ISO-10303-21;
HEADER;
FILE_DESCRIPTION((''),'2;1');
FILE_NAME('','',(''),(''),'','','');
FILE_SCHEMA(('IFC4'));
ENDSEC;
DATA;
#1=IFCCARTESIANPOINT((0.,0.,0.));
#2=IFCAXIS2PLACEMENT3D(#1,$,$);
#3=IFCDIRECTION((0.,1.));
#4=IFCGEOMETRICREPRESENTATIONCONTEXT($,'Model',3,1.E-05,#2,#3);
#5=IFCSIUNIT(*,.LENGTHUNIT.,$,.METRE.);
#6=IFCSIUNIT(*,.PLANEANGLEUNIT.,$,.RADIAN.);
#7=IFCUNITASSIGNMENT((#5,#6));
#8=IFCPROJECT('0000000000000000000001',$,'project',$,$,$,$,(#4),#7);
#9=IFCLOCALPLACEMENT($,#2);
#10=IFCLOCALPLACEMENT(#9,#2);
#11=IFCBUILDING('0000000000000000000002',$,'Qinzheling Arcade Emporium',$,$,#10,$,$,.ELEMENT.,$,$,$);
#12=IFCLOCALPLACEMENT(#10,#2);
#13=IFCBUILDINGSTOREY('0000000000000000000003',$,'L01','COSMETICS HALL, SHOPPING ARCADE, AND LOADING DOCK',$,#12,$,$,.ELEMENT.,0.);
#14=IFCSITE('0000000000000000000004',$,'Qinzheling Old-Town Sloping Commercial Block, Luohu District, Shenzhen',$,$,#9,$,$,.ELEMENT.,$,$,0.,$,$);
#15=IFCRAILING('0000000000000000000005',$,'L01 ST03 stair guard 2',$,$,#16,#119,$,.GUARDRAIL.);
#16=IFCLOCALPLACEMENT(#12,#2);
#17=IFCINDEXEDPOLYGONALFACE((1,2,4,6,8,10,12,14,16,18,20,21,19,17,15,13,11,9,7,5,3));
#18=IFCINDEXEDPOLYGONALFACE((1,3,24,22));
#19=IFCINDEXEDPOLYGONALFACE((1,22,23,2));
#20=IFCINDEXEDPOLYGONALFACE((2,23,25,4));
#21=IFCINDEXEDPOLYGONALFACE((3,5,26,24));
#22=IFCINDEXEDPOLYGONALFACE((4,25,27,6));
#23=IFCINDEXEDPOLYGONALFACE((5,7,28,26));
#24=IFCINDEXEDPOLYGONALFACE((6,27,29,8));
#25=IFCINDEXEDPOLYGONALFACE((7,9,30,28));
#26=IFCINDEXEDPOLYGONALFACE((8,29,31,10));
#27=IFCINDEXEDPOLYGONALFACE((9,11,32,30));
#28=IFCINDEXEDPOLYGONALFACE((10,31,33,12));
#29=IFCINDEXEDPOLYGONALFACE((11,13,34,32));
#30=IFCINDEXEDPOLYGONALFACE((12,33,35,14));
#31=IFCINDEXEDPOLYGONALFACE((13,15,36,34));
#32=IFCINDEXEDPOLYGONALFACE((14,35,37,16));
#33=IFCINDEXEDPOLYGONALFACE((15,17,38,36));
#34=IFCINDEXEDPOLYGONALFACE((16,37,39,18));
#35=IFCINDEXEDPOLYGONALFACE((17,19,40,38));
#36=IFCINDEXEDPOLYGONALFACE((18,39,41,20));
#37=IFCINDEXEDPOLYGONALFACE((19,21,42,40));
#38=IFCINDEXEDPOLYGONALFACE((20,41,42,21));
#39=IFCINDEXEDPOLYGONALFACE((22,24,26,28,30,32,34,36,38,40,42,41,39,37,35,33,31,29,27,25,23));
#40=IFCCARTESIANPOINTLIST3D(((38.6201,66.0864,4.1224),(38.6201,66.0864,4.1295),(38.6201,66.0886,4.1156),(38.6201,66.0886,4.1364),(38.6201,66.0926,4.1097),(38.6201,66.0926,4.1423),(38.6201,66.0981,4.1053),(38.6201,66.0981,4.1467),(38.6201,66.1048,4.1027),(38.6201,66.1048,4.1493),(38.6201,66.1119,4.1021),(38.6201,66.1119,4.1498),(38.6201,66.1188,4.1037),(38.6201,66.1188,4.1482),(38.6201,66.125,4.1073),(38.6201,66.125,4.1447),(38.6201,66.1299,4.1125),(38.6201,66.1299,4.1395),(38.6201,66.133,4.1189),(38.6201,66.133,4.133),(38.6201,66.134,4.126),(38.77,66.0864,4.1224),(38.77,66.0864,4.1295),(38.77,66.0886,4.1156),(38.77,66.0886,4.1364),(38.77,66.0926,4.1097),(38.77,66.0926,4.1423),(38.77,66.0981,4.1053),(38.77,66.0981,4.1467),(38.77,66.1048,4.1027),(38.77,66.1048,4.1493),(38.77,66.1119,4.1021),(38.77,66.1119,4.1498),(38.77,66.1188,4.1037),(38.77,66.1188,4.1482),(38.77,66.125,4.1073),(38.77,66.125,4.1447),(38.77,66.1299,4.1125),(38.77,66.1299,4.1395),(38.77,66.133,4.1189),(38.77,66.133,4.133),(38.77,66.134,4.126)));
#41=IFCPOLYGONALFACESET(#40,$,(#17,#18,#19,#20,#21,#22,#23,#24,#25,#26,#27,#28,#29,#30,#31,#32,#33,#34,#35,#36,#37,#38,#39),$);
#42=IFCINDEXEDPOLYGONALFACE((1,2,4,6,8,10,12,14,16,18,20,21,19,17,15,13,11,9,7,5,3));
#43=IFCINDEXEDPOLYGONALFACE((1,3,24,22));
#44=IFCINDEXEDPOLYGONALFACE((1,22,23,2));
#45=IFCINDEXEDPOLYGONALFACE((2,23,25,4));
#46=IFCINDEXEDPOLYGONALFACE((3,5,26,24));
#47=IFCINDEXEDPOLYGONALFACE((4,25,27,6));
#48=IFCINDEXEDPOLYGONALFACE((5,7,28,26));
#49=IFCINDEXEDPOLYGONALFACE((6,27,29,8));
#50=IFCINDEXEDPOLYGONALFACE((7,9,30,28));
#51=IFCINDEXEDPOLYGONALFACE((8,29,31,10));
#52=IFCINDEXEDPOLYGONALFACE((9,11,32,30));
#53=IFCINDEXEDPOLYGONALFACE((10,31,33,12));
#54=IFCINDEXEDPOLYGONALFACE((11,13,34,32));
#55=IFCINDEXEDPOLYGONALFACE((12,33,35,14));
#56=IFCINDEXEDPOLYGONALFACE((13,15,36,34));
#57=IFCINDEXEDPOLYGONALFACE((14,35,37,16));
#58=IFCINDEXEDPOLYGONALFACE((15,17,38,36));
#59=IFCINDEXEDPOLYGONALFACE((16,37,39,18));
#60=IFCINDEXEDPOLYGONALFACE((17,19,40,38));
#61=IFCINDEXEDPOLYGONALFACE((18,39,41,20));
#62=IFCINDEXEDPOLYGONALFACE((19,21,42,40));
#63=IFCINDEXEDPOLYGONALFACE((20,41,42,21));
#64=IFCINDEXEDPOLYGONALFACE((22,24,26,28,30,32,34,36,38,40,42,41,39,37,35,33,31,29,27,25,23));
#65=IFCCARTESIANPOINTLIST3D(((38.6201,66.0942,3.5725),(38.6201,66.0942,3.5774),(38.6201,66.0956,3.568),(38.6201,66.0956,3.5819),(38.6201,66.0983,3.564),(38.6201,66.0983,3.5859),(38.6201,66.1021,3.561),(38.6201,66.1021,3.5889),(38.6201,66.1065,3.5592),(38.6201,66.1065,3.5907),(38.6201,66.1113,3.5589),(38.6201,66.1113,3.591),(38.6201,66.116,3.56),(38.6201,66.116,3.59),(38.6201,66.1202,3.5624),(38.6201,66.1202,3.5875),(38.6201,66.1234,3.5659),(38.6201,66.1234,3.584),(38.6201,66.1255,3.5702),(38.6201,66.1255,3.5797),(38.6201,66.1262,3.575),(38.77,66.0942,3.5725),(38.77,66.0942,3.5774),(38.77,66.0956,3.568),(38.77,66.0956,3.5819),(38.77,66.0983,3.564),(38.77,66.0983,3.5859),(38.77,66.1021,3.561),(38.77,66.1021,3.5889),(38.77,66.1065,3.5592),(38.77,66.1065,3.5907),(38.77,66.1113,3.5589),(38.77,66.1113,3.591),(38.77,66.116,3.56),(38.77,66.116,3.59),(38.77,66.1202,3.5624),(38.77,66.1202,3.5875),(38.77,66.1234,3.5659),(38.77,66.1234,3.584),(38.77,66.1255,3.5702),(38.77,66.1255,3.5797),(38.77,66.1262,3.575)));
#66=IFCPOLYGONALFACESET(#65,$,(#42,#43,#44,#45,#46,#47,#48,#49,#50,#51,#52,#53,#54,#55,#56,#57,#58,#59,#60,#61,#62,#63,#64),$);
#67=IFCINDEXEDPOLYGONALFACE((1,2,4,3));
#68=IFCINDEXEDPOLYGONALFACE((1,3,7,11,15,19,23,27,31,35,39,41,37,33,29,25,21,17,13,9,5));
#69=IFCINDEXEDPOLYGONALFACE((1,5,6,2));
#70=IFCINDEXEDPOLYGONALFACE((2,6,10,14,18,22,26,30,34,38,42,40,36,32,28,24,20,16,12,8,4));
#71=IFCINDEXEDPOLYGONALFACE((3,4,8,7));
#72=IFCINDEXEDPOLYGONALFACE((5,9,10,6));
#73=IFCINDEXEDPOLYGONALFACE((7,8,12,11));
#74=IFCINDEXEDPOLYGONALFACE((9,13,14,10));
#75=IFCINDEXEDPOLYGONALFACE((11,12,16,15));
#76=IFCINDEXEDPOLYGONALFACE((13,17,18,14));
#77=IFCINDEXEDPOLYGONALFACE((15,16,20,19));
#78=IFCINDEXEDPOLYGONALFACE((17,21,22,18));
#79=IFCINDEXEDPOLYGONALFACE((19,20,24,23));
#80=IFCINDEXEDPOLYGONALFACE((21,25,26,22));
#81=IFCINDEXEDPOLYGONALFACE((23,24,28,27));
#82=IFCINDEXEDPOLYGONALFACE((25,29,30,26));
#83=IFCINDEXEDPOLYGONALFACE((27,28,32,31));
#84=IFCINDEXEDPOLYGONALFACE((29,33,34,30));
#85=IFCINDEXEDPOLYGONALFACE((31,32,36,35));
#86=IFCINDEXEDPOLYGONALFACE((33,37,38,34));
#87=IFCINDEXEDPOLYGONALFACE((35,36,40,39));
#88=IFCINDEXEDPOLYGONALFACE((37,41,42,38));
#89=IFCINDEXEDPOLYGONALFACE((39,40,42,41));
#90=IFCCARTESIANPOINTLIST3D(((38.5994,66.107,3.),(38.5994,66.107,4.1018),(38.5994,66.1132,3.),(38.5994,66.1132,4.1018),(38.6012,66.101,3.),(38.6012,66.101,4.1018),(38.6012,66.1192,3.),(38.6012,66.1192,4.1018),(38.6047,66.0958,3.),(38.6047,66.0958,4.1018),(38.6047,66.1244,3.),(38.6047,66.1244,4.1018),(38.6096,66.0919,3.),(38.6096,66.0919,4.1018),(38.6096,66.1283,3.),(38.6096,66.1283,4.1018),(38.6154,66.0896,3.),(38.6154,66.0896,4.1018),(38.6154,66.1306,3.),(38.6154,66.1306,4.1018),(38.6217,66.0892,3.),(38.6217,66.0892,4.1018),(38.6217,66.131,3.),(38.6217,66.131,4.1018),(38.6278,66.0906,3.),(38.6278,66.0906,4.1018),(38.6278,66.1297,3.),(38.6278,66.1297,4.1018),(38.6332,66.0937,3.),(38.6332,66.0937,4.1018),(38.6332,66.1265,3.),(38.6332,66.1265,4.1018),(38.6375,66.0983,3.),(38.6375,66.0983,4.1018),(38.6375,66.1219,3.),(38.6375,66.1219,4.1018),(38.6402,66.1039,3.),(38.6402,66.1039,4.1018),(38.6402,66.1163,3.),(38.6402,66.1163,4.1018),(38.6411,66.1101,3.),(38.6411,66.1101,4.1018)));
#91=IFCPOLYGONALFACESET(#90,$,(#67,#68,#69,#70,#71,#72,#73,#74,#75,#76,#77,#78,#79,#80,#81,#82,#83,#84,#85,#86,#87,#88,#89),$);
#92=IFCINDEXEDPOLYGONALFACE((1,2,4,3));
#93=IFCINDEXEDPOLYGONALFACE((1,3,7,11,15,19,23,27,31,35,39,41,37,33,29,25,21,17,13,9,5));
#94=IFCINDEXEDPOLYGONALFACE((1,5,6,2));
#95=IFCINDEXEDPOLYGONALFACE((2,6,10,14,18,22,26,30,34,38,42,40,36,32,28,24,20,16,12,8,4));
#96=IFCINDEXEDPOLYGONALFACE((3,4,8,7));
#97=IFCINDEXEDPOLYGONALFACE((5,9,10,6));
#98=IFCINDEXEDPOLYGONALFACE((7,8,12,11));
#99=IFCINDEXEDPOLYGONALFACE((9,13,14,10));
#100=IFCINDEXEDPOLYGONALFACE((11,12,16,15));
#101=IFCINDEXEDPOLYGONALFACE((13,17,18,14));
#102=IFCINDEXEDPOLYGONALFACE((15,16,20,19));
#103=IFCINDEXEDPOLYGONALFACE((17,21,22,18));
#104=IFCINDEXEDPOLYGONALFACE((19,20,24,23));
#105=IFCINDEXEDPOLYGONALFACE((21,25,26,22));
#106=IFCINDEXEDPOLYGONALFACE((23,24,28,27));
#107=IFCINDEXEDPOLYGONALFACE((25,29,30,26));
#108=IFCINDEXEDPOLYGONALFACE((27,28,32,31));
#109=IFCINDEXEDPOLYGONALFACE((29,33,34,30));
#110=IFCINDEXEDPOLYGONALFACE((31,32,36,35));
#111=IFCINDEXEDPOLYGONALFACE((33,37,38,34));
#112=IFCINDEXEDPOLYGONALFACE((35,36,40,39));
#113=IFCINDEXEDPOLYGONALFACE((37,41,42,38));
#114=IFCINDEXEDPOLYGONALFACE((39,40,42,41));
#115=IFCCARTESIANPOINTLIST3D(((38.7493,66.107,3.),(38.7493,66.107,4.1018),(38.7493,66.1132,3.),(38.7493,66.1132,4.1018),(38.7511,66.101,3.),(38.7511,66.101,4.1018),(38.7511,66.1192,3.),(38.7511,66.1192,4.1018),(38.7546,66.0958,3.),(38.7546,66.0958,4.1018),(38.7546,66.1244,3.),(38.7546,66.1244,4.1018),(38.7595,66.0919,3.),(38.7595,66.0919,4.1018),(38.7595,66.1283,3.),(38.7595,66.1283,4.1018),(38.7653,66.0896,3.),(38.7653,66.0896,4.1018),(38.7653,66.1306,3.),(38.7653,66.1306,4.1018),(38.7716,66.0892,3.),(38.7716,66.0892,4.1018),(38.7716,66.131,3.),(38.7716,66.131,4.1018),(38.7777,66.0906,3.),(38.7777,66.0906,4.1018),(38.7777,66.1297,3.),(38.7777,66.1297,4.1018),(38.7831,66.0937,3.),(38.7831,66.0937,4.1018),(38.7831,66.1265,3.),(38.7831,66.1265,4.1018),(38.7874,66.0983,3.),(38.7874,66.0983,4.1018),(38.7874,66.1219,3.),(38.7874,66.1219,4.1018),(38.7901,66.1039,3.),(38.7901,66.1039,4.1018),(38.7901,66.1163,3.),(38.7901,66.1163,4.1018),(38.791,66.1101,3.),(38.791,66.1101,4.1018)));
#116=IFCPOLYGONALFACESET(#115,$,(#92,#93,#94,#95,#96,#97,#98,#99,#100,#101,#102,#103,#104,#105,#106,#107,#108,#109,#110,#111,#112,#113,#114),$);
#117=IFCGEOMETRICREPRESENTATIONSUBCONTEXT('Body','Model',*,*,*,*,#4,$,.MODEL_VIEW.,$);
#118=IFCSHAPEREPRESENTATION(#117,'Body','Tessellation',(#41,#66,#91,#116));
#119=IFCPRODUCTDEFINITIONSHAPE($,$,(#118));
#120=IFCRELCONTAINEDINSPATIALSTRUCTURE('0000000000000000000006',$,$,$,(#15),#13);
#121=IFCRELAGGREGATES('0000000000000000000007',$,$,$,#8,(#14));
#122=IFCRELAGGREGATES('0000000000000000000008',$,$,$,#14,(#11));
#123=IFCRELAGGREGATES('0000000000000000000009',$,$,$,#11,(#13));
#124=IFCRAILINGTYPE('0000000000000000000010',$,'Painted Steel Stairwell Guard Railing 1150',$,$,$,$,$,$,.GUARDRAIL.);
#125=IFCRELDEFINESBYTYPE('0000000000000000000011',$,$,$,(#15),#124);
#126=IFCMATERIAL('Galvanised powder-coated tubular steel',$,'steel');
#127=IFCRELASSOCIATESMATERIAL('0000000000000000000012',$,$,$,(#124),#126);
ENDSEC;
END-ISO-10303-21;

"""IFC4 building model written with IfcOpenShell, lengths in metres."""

from ifc_helpers import new_model, si_unit, direction, frame, origin, origin_2d, place, context, subcontext, project, spatial, circle, extrude, material, type_object, element, save


model = new_model("IFC4")

# Units and contexts
model_context = context("Model", 3, precision=1e-05, world=origin(), true_north=direction((0.0, 1.0)))
body_context = subcontext(model_context, "Body", "Model", "MODEL_VIEW")
ifc_project = project(units=[si_unit("LENGTHUNIT", "METRE"), si_unit("PLANEANGLEUNIT", "RADIAN")], contexts=[model_context])

# Site, building, storey
site_placement = place(None, origin())
site = spatial("IfcSite", under=ifc_project, at=site_placement, Name="Qinzheling Old-Town Sloping Commercial Block, Luohu District, Shenzhen", CompositionType="ELEMENT", RefElevation=0.0)
building_placement = place(site_placement, origin())
building = spatial("IfcBuilding", under=site, at=building_placement, Name="Qinzheling Arcade Emporium", CompositionType="ELEMENT")
storey_placement = place(building_placement, origin())
storey = spatial("IfcBuildingStorey", under=building, at=storey_placement, Name="L01", Description="COSMETICS HALL, SHOPPING ARCADE, AND LOADING DOCK", CompositionType="ELEMENT", Elevation=0.0)

# Railing
ifc_material_1 = material(Name="Galvanised powder-coated tubular steel", Category="steel")
railing_type_1 = type_object("IfcRailingType", Name="Painted Steel Stairwell Guard Railing 1150", PredefinedType="GUARDRAIL", material=ifc_material_1)
railing_1_placement = place(storey_placement, frame((38.6201, 66.1101, 3.0)))
element("IfcRailing", 1, at=railing_1_placement, inside=storey, type_object=railing_type_1, Name="L01 ST03 stair guard 2", PredefinedType="GUARDRAIL", context=body_context, shape_type="SweptSolid", body=[
    extrude(circle(Radius=0.0239, at=origin_2d()), frame((0.0, 0.0, 1.126), z_axis=(1.0, 0.0, 0.0), x_axis=(0.0, 1.0, 0.0)), (0.0, 0.0, 1.0), 0.1499),
    extrude(circle(Radius=0.0161, at=origin_2d()), frame((0.0, 0.0, 0.575), z_axis=(1.0, 0.0, 0.0), x_axis=(0.0, 1.0, 0.0)), (0.0, 0.0, 1.0), 0.1499),
    extrude(circle(Radius=0.021, at=origin_2d()), origin(), (0.0, 0.0, 1.0), 1.1018),
    extrude(circle(Radius=0.021, at=origin_2d()), frame((0.1499, 0.0, 0.0)), (0.0, 0.0, 1.0), 1.1018),
])

save(model, "model.ifc")
